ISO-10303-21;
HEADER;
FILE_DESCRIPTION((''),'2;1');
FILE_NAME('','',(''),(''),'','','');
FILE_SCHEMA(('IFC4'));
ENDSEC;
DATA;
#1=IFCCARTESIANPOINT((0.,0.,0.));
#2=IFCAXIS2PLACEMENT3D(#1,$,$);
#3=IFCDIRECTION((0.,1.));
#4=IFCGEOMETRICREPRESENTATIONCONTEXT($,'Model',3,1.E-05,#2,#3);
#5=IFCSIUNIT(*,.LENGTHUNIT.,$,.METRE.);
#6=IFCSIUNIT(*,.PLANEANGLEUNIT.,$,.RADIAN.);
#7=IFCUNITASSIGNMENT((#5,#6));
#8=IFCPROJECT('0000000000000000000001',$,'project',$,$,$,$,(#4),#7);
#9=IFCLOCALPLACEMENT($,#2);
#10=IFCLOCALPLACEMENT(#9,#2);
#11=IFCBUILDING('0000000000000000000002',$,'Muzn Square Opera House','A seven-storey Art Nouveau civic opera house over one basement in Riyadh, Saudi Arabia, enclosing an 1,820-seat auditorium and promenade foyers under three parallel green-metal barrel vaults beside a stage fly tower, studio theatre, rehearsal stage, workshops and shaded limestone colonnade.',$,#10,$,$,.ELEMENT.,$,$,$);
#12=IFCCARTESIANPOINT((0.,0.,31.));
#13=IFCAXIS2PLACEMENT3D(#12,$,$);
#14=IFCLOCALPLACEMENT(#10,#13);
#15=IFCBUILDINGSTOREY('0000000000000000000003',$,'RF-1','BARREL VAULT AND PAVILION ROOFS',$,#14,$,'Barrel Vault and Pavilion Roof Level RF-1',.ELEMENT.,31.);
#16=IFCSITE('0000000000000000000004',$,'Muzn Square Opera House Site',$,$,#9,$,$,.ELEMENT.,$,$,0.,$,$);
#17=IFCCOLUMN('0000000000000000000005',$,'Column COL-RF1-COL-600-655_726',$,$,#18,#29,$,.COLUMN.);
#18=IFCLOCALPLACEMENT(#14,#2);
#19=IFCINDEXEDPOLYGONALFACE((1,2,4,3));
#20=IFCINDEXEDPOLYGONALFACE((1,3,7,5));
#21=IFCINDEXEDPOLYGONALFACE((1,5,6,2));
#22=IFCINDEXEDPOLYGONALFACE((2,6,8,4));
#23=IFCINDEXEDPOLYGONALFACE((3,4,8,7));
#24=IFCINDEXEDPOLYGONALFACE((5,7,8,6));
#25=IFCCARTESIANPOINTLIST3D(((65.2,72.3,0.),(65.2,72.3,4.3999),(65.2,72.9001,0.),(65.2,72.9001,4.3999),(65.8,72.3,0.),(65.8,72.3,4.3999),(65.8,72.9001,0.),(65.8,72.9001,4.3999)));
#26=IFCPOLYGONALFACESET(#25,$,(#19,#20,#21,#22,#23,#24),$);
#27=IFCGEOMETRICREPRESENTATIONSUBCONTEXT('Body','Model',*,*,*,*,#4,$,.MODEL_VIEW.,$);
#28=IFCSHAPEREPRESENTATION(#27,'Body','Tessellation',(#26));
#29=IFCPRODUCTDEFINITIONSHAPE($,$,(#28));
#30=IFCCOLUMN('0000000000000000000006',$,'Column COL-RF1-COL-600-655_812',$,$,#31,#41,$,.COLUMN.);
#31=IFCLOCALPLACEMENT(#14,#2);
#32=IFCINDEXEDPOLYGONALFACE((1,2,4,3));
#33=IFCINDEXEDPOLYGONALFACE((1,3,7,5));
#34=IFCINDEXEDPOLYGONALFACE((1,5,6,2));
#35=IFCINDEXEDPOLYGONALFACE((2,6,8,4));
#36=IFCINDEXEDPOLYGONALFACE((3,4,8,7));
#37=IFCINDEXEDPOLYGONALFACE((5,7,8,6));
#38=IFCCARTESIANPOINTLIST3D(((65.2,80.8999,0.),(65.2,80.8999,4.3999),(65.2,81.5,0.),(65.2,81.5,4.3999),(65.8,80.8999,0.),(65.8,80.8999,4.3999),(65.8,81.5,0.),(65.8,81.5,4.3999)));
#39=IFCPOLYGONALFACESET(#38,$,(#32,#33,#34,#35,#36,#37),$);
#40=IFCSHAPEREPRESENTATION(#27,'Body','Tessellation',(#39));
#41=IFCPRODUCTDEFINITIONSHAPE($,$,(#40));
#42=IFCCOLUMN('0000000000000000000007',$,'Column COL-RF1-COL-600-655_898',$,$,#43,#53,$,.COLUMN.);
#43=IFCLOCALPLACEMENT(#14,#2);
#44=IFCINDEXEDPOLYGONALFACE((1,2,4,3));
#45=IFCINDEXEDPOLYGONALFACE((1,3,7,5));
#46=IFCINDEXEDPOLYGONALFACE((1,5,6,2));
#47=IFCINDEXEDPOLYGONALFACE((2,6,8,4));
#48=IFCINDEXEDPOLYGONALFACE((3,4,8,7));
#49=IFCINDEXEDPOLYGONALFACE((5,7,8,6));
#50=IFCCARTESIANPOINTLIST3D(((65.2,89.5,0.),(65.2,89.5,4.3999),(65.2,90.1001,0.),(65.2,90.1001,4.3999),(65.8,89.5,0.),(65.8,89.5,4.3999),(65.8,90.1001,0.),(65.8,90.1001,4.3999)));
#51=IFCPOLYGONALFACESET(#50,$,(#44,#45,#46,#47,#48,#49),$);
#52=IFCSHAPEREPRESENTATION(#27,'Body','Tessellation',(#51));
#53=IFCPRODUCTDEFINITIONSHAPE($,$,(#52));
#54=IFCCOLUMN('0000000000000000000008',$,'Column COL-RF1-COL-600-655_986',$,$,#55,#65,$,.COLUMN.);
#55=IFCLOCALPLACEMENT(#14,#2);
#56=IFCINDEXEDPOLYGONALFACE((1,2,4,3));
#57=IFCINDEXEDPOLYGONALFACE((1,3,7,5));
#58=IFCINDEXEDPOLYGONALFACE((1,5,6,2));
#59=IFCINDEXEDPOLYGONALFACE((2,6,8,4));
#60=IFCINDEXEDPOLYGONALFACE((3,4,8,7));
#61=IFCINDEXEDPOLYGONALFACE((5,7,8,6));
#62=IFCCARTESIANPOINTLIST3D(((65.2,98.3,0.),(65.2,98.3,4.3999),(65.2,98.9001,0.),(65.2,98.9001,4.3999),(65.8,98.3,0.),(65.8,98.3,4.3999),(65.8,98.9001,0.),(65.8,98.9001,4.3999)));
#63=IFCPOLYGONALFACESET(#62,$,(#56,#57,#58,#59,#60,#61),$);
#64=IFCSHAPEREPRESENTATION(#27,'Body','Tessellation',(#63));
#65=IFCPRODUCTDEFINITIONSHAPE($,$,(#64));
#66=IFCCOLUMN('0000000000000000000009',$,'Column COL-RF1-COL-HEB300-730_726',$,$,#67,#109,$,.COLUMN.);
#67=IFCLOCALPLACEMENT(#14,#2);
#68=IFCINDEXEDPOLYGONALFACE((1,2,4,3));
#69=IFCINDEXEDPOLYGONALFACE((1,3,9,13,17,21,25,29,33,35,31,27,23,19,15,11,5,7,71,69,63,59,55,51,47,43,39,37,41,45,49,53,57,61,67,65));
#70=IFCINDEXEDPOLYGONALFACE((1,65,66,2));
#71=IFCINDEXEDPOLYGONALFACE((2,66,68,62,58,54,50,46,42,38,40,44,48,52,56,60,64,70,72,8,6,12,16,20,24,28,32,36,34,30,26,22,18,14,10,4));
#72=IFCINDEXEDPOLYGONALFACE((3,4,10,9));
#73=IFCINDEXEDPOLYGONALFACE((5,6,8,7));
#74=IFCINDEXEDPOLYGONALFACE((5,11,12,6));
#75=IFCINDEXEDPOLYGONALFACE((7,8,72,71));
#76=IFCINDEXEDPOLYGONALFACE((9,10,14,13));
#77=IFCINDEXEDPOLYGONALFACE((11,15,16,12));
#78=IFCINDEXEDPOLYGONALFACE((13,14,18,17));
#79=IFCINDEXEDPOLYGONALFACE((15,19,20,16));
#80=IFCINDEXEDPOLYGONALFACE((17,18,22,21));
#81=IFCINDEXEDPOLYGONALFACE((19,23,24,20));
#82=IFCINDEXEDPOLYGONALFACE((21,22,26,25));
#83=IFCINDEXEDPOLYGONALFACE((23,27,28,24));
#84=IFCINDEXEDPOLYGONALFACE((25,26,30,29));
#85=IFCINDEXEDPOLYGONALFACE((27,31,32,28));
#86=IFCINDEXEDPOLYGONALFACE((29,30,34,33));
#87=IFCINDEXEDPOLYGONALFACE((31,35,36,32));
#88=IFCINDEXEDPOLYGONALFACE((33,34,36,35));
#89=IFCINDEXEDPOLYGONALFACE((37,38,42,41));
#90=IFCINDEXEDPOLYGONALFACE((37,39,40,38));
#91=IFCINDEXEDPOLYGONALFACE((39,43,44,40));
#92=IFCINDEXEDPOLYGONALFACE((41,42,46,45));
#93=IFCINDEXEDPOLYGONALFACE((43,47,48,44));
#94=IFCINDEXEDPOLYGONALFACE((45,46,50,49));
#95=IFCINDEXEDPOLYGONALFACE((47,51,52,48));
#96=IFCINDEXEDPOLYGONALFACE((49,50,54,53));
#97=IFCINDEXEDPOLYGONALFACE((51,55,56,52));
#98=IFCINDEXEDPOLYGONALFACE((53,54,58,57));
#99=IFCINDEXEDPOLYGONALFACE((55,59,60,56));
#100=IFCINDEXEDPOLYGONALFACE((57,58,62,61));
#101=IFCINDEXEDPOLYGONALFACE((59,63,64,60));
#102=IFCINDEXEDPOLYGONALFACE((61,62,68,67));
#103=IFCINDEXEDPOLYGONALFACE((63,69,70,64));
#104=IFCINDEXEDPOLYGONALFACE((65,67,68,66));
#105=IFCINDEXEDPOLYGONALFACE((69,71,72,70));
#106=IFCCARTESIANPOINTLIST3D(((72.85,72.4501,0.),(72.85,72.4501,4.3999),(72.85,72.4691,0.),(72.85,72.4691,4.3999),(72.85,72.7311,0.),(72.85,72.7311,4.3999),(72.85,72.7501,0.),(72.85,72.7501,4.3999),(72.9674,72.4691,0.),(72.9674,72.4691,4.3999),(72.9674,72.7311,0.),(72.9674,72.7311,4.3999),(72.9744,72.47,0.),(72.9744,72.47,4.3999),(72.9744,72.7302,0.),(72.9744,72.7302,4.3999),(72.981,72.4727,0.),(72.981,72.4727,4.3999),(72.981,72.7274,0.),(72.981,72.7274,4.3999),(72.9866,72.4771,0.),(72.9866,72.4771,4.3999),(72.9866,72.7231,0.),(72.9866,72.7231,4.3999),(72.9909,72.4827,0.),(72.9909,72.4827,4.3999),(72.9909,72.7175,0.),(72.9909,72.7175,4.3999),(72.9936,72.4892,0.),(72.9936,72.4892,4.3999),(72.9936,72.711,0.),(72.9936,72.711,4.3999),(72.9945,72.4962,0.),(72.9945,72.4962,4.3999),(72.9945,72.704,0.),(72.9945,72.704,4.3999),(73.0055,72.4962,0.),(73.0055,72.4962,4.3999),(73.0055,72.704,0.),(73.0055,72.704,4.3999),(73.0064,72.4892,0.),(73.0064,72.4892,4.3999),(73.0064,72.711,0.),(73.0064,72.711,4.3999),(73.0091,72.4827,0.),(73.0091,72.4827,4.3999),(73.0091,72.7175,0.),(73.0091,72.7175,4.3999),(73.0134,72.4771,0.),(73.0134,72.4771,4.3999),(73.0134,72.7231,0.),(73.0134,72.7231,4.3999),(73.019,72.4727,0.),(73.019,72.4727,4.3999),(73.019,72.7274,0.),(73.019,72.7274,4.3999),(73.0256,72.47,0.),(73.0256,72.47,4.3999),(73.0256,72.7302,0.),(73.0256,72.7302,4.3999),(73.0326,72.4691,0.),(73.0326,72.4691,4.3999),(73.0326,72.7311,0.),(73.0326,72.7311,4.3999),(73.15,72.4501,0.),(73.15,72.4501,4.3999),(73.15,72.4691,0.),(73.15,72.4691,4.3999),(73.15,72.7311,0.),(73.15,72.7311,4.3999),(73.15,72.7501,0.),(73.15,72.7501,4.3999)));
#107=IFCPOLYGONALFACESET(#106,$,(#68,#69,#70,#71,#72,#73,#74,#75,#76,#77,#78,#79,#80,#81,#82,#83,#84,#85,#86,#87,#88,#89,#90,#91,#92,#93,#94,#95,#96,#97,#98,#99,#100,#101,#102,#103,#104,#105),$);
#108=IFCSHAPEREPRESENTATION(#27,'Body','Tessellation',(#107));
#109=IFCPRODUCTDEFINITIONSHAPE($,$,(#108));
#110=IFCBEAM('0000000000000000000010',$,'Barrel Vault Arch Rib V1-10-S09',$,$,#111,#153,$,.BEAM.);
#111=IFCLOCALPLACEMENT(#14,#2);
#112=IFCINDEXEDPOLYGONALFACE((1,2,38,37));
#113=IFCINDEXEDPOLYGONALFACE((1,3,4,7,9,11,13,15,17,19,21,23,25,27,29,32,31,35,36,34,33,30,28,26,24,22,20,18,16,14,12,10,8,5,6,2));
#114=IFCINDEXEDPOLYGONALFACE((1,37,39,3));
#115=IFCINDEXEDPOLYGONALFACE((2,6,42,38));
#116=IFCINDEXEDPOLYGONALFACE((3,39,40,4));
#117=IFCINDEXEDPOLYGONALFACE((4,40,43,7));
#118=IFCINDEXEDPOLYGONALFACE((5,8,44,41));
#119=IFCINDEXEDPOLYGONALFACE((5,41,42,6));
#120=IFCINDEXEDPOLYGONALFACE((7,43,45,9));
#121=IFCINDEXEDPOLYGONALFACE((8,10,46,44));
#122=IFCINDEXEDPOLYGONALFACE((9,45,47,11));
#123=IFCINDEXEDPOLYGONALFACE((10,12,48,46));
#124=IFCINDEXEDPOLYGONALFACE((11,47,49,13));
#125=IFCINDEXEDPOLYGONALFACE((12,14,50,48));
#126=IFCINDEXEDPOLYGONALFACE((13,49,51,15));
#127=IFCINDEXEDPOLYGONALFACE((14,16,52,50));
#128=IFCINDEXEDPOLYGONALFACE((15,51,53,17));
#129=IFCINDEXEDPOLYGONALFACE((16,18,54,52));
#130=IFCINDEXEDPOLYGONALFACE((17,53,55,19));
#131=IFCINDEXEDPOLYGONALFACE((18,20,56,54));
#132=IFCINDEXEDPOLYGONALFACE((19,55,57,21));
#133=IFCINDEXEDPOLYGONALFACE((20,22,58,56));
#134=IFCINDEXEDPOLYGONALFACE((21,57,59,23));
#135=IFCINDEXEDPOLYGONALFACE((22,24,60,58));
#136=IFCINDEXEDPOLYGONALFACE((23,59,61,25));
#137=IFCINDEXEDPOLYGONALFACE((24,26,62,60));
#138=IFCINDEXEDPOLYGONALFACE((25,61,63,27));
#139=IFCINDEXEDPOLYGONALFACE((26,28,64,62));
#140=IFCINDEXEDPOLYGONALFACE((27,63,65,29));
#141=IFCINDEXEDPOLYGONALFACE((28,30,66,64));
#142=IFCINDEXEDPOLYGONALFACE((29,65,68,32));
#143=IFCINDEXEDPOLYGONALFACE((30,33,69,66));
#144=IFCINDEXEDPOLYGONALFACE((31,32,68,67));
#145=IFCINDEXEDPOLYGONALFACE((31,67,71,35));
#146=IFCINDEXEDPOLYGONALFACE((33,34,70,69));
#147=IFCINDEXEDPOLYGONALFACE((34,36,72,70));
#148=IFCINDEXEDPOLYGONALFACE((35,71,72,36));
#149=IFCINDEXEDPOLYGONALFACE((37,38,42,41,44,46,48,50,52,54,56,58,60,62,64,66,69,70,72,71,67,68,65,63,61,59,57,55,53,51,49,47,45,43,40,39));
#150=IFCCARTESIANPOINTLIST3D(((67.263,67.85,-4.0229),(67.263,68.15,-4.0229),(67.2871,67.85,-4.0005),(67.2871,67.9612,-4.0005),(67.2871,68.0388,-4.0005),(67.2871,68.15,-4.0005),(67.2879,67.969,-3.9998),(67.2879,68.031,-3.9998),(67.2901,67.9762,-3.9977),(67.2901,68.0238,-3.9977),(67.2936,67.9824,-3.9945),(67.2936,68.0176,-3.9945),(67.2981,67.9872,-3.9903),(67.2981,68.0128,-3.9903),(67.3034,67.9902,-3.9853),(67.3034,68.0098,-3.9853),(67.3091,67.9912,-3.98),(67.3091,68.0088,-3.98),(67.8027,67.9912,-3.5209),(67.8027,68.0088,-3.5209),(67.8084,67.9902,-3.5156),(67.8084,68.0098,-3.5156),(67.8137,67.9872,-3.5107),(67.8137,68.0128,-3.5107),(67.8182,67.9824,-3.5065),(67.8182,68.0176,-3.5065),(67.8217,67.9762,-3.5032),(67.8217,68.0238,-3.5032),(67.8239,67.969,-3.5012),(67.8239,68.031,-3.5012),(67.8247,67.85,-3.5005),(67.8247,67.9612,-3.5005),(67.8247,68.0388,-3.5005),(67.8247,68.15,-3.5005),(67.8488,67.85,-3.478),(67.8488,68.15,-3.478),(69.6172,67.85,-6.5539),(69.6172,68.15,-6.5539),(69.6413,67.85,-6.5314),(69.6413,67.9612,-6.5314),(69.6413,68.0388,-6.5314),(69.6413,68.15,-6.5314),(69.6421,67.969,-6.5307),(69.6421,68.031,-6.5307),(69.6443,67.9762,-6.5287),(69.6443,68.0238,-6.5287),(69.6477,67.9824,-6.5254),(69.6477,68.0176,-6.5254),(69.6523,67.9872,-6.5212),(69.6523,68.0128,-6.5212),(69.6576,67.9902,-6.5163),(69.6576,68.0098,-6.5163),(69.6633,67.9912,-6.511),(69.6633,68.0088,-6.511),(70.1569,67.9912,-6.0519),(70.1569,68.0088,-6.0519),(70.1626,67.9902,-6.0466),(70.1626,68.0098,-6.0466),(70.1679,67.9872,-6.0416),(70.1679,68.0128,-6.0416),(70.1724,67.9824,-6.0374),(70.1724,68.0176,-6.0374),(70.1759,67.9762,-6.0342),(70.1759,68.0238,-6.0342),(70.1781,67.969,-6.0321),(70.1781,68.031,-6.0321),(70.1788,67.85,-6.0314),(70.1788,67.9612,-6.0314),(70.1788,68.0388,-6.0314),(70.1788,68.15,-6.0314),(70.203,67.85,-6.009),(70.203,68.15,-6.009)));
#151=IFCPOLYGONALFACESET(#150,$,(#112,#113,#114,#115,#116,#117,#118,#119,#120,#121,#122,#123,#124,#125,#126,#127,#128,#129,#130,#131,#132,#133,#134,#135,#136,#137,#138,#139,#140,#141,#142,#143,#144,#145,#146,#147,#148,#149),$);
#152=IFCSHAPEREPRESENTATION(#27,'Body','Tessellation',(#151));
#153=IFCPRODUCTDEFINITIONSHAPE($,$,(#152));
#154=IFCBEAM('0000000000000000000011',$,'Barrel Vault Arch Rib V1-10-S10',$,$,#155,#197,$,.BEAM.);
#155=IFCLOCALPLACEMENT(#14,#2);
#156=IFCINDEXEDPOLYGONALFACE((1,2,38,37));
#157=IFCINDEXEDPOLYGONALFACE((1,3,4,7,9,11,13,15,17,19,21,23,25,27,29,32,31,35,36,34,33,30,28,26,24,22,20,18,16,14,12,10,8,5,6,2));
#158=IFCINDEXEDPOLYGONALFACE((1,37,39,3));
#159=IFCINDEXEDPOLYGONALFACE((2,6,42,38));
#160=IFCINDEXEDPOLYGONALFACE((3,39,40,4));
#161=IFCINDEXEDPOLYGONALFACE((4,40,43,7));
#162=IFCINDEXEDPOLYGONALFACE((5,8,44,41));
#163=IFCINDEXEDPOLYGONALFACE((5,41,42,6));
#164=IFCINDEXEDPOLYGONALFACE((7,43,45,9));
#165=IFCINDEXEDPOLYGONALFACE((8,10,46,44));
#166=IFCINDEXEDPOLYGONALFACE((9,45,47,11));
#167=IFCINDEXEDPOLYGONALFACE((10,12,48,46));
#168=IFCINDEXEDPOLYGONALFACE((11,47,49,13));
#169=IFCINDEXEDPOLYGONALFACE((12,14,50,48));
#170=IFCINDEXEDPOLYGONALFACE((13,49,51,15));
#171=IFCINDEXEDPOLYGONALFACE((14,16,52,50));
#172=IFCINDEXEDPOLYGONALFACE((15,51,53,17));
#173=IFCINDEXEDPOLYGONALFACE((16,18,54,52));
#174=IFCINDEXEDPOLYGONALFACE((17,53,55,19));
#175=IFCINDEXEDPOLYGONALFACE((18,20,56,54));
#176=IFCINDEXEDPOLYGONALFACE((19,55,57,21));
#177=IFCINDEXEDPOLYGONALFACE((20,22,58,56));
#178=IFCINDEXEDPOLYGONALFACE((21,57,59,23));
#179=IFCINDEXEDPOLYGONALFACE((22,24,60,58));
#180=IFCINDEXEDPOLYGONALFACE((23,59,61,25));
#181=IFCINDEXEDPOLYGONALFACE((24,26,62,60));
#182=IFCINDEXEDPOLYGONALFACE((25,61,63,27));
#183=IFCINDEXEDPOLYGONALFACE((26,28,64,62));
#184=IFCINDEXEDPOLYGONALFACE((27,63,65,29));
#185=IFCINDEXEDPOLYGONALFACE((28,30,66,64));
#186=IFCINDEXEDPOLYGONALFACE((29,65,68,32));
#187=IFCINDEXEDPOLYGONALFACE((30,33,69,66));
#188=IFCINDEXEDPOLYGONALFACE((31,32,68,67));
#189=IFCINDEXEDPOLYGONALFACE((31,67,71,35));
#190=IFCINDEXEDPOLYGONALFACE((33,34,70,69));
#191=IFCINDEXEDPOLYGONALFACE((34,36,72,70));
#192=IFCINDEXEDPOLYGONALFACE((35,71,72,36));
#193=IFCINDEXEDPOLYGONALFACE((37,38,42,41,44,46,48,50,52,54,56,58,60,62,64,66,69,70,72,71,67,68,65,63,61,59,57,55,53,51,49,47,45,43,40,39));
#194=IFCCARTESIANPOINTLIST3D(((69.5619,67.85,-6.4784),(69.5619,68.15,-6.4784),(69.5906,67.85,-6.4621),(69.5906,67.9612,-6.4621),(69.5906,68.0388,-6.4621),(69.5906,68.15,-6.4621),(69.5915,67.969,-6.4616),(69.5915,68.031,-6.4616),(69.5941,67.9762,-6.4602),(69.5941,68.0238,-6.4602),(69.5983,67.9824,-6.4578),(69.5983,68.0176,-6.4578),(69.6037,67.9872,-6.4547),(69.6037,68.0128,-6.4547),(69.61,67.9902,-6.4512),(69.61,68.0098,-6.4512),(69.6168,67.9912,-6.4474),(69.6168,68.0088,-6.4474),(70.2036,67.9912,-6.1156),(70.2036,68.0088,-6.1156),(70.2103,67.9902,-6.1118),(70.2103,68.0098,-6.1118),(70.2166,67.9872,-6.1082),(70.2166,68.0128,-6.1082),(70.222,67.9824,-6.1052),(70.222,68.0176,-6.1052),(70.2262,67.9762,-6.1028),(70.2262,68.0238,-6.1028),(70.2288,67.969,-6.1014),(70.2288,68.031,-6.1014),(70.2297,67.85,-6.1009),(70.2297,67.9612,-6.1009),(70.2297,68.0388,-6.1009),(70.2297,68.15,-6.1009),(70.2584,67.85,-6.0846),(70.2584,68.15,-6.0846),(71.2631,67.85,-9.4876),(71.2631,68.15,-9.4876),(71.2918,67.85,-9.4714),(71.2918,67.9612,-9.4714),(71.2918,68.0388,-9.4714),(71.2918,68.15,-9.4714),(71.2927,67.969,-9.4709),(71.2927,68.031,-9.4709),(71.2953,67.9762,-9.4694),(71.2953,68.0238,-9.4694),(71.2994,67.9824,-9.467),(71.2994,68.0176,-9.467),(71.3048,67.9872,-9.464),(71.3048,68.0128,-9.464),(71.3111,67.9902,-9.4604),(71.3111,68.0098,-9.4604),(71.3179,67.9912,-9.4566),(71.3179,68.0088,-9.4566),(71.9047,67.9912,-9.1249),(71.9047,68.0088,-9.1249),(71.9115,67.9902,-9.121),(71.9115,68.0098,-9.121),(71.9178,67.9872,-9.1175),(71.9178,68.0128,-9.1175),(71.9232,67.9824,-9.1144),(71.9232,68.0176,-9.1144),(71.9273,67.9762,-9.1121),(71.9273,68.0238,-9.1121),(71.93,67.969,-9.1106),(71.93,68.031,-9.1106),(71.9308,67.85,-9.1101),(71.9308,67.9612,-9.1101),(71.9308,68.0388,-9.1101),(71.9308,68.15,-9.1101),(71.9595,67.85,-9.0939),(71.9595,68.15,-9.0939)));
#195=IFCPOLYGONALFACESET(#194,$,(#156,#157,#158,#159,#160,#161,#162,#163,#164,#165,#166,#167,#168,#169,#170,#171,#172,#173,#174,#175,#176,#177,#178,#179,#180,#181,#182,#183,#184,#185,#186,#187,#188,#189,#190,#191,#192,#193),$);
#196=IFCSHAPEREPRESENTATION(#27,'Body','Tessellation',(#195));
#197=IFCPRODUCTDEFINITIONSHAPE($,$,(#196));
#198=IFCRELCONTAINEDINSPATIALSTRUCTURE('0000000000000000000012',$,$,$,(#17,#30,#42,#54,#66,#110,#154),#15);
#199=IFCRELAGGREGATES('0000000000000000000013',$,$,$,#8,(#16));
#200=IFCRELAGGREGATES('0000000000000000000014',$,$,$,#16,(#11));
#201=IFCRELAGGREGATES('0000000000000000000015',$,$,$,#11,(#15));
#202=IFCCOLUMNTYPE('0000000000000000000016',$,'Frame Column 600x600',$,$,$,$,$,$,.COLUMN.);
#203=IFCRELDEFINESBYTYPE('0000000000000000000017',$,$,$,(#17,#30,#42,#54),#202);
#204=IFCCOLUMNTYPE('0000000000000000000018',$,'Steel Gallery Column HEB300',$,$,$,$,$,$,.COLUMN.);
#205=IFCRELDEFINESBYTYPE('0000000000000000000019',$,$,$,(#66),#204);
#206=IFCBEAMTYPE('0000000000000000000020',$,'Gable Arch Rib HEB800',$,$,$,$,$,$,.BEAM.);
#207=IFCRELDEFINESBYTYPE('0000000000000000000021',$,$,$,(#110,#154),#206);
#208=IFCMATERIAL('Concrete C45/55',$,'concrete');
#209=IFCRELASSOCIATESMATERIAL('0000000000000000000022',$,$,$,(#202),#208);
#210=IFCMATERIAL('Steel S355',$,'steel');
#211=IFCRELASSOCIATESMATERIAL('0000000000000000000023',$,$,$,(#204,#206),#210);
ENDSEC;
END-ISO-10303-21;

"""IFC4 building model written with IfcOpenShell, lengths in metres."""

from ifc_helpers import new_model, si_unit, direction, frame, origin, origin_2d, place, context, subcontext, project, spatial, rectangle, i_section, extrude, material, material_profile, profile_set, type_object, element, save


model = new_model("IFC4")

# Units and contexts
model_context = context("Model", 3, precision=1e-05, world=origin(), true_north=direction((0.0, 1.0)))
body_context = subcontext(model_context, "Body", "Model", "MODEL_VIEW")
ifc_project = project(units=[si_unit("LENGTHUNIT", "METRE"), si_unit("PLANEANGLEUNIT", "RADIAN")], contexts=[model_context])

# Site, building, storey
site_placement = place(None, origin())
site = spatial("IfcSite", under=ifc_project, at=site_placement, Name="Muzn Square Opera House Site", CompositionType="ELEMENT", RefElevation=0.0)
building_placement = place(site_placement, origin())
building = spatial("IfcBuilding", under=site, at=building_placement, Name="Muzn Square Opera House", Description="A seven-storey Art Nouveau civic opera house over one basement in Riyadh, Saudi Arabia, enclosing an 1,820-seat auditorium and promenade foyers under three parallel green-metal barrel vaults beside a stage fly tower, studio theatre, rehearsal stage, workshops and shaded limestone colonnade.", CompositionType="ELEMENT")
storey_placement = place(building_placement, frame((0.0, 0.0, 31.0)))
storey = spatial("IfcBuildingStorey", under=building, at=storey_placement, Name="RF-1", Description="BARREL VAULT AND PAVILION ROOFS", LongName="Barrel Vault and Pavilion Roof Level RF-1", CompositionType="ELEMENT", Elevation=31.0)

# Columns
ifc_material_1 = material(Name="Concrete C45/55", Category="concrete")
ifc_material_profile_1 = material_profile(ifc_material_1, rectangle(XDim=0.6001, YDim=0.6001, at=origin_2d()), Name="RC 600x600", Category="concrete")
ifc_profile_set_1 = profile_set([ifc_material_profile_1], Name="Concrete C45/55")
column_type_1 = type_object("IfcColumnType", Name="Frame Column 600x600", PredefinedType="COLUMN", material=ifc_profile_set_1)
for number, where, z_axis, x_axis, name in (
    (1, (65.5, 72.6001, 0.0), (0.0, 0.0, 1.0), (1.0, 0.0, 0.0), "Column COL-RF1-COL-600-655_726"),
    (2, (65.5, 81.2, 0.0), (0.0, 0.0, 1.0), (1.0, 0.0, 0.0), "Column COL-RF1-COL-600-655_812"),
    (3, (65.5, 89.8, 0.0), (0.0, 0.0, 1.0), (1.0, 0.0, 0.0), "Column COL-RF1-COL-600-655_898"),
    (4, (65.5, 98.6001, 0.0), (0.0, 0.0, 1.0), (1.0, 0.0, 0.0), "Column COL-RF1-COL-600-655_986"),
):
    element("IfcColumn", number, at=place(storey_placement, frame(where, z_axis=z_axis, x_axis=x_axis)), inside=storey, type_object=column_type_1, Name=name, PredefinedType="COLUMN", context=body_context, shape_type="SweptSolid", body=[
        extrude(rectangle(XDim=0.6001, YDim=0.6001, at=origin_2d()), origin(), (0.0, 0.0, 1.0), 4.3999),
    ])
ifc_material_2 = material(Name="Steel S355", Category="steel")
ifc_material_profile_2 = material_profile(ifc_material_2, i_section(OverallWidth=0.3, OverallDepth=0.3, WebThickness=0.011, FlangeThickness=0.019, FilletRadius=0.0271, at=origin_2d()), Name="HEB 300", Category="steel")
ifc_profile_set_2 = profile_set([ifc_material_profile_2], Name="Steel S355")
column_type_2 = type_object("IfcColumnType", Name="Steel Gallery Column HEB300", PredefinedType="COLUMN", material=ifc_profile_set_2)
column_placement = place(storey_placement, frame((73.0, 72.6001, 0.0), z_axis=(0.0, 0.0, 1.0), x_axis=(1.0, 0.0, 0.0)))
element("IfcColumn", 5, at=column_placement, inside=storey, type_object=column_type_2, Name="Column COL-RF1-COL-HEB300-730_726", PredefinedType="COLUMN", context=body_context, shape_type="SweptSolid", body=[
    extrude(i_section(OverallWidth=0.3, OverallDepth=0.3, WebThickness=0.011, FlangeThickness=0.019, FilletRadius=0.0271, at=origin_2d()), origin(), (0.0, 0.0, 1.0), 4.3999),
])

# Beams
ifc_material_profile_3 = material_profile(ifc_material_2, i_section(OverallWidth=0.3, OverallDepth=0.8, WebThickness=0.0176, FlangeThickness=0.033, FilletRadius=0.03, at=origin_2d()), Name="HEB 800", Category="steel")
ifc_profile_set_3 = profile_set([ifc_material_profile_3], Name="Steel S355")
beam_type_1 = type_object("IfcBeamType", Name="Gable Arch Rib HEB800", PredefinedType="BEAM", material=ifc_profile_set_3)
beam_1_placement = place(storey_placement, frame((67.5559, 68.0, -3.7505), z_axis=(0.681077, 0.0, -0.732212), x_axis=(0.0, 1.0, 0.0)))
element("IfcBeam", 6, at=beam_1_placement, inside=storey, type_object=beam_type_1, Name="Barrel Vault Arch Rib V1-10-S09", PredefinedType="BEAM", context=body_context, shape_type="SweptSolid", body=[
    extrude(i_section(OverallWidth=0.3, OverallDepth=0.8, WebThickness=0.0176, FlangeThickness=0.033, FilletRadius=0.03, at=origin_2d()), origin(), (0.0, 0.0, 1.0), 3.4565),
])
beam_2_placement = place(storey_placement, frame((69.9102, 68.0, -6.2815), z_axis=(0.492118, 0.0, -0.870529), x_axis=(0.0, 1.0, 0.0)))
element("IfcBeam", 7, at=beam_2_placement, inside=storey, type_object=beam_type_1, Name="Barrel Vault Arch Rib V1-10-S10", PredefinedType="BEAM", context=body_context, shape_type="SweptSolid", body=[
    extrude(i_section(OverallWidth=0.3, OverallDepth=0.8, WebThickness=0.0176, FlangeThickness=0.033, FilletRadius=0.03, at=origin_2d()), origin(), (0.0, 0.0, 1.0), 3.4568),
])

save(model, "model.ifc")
